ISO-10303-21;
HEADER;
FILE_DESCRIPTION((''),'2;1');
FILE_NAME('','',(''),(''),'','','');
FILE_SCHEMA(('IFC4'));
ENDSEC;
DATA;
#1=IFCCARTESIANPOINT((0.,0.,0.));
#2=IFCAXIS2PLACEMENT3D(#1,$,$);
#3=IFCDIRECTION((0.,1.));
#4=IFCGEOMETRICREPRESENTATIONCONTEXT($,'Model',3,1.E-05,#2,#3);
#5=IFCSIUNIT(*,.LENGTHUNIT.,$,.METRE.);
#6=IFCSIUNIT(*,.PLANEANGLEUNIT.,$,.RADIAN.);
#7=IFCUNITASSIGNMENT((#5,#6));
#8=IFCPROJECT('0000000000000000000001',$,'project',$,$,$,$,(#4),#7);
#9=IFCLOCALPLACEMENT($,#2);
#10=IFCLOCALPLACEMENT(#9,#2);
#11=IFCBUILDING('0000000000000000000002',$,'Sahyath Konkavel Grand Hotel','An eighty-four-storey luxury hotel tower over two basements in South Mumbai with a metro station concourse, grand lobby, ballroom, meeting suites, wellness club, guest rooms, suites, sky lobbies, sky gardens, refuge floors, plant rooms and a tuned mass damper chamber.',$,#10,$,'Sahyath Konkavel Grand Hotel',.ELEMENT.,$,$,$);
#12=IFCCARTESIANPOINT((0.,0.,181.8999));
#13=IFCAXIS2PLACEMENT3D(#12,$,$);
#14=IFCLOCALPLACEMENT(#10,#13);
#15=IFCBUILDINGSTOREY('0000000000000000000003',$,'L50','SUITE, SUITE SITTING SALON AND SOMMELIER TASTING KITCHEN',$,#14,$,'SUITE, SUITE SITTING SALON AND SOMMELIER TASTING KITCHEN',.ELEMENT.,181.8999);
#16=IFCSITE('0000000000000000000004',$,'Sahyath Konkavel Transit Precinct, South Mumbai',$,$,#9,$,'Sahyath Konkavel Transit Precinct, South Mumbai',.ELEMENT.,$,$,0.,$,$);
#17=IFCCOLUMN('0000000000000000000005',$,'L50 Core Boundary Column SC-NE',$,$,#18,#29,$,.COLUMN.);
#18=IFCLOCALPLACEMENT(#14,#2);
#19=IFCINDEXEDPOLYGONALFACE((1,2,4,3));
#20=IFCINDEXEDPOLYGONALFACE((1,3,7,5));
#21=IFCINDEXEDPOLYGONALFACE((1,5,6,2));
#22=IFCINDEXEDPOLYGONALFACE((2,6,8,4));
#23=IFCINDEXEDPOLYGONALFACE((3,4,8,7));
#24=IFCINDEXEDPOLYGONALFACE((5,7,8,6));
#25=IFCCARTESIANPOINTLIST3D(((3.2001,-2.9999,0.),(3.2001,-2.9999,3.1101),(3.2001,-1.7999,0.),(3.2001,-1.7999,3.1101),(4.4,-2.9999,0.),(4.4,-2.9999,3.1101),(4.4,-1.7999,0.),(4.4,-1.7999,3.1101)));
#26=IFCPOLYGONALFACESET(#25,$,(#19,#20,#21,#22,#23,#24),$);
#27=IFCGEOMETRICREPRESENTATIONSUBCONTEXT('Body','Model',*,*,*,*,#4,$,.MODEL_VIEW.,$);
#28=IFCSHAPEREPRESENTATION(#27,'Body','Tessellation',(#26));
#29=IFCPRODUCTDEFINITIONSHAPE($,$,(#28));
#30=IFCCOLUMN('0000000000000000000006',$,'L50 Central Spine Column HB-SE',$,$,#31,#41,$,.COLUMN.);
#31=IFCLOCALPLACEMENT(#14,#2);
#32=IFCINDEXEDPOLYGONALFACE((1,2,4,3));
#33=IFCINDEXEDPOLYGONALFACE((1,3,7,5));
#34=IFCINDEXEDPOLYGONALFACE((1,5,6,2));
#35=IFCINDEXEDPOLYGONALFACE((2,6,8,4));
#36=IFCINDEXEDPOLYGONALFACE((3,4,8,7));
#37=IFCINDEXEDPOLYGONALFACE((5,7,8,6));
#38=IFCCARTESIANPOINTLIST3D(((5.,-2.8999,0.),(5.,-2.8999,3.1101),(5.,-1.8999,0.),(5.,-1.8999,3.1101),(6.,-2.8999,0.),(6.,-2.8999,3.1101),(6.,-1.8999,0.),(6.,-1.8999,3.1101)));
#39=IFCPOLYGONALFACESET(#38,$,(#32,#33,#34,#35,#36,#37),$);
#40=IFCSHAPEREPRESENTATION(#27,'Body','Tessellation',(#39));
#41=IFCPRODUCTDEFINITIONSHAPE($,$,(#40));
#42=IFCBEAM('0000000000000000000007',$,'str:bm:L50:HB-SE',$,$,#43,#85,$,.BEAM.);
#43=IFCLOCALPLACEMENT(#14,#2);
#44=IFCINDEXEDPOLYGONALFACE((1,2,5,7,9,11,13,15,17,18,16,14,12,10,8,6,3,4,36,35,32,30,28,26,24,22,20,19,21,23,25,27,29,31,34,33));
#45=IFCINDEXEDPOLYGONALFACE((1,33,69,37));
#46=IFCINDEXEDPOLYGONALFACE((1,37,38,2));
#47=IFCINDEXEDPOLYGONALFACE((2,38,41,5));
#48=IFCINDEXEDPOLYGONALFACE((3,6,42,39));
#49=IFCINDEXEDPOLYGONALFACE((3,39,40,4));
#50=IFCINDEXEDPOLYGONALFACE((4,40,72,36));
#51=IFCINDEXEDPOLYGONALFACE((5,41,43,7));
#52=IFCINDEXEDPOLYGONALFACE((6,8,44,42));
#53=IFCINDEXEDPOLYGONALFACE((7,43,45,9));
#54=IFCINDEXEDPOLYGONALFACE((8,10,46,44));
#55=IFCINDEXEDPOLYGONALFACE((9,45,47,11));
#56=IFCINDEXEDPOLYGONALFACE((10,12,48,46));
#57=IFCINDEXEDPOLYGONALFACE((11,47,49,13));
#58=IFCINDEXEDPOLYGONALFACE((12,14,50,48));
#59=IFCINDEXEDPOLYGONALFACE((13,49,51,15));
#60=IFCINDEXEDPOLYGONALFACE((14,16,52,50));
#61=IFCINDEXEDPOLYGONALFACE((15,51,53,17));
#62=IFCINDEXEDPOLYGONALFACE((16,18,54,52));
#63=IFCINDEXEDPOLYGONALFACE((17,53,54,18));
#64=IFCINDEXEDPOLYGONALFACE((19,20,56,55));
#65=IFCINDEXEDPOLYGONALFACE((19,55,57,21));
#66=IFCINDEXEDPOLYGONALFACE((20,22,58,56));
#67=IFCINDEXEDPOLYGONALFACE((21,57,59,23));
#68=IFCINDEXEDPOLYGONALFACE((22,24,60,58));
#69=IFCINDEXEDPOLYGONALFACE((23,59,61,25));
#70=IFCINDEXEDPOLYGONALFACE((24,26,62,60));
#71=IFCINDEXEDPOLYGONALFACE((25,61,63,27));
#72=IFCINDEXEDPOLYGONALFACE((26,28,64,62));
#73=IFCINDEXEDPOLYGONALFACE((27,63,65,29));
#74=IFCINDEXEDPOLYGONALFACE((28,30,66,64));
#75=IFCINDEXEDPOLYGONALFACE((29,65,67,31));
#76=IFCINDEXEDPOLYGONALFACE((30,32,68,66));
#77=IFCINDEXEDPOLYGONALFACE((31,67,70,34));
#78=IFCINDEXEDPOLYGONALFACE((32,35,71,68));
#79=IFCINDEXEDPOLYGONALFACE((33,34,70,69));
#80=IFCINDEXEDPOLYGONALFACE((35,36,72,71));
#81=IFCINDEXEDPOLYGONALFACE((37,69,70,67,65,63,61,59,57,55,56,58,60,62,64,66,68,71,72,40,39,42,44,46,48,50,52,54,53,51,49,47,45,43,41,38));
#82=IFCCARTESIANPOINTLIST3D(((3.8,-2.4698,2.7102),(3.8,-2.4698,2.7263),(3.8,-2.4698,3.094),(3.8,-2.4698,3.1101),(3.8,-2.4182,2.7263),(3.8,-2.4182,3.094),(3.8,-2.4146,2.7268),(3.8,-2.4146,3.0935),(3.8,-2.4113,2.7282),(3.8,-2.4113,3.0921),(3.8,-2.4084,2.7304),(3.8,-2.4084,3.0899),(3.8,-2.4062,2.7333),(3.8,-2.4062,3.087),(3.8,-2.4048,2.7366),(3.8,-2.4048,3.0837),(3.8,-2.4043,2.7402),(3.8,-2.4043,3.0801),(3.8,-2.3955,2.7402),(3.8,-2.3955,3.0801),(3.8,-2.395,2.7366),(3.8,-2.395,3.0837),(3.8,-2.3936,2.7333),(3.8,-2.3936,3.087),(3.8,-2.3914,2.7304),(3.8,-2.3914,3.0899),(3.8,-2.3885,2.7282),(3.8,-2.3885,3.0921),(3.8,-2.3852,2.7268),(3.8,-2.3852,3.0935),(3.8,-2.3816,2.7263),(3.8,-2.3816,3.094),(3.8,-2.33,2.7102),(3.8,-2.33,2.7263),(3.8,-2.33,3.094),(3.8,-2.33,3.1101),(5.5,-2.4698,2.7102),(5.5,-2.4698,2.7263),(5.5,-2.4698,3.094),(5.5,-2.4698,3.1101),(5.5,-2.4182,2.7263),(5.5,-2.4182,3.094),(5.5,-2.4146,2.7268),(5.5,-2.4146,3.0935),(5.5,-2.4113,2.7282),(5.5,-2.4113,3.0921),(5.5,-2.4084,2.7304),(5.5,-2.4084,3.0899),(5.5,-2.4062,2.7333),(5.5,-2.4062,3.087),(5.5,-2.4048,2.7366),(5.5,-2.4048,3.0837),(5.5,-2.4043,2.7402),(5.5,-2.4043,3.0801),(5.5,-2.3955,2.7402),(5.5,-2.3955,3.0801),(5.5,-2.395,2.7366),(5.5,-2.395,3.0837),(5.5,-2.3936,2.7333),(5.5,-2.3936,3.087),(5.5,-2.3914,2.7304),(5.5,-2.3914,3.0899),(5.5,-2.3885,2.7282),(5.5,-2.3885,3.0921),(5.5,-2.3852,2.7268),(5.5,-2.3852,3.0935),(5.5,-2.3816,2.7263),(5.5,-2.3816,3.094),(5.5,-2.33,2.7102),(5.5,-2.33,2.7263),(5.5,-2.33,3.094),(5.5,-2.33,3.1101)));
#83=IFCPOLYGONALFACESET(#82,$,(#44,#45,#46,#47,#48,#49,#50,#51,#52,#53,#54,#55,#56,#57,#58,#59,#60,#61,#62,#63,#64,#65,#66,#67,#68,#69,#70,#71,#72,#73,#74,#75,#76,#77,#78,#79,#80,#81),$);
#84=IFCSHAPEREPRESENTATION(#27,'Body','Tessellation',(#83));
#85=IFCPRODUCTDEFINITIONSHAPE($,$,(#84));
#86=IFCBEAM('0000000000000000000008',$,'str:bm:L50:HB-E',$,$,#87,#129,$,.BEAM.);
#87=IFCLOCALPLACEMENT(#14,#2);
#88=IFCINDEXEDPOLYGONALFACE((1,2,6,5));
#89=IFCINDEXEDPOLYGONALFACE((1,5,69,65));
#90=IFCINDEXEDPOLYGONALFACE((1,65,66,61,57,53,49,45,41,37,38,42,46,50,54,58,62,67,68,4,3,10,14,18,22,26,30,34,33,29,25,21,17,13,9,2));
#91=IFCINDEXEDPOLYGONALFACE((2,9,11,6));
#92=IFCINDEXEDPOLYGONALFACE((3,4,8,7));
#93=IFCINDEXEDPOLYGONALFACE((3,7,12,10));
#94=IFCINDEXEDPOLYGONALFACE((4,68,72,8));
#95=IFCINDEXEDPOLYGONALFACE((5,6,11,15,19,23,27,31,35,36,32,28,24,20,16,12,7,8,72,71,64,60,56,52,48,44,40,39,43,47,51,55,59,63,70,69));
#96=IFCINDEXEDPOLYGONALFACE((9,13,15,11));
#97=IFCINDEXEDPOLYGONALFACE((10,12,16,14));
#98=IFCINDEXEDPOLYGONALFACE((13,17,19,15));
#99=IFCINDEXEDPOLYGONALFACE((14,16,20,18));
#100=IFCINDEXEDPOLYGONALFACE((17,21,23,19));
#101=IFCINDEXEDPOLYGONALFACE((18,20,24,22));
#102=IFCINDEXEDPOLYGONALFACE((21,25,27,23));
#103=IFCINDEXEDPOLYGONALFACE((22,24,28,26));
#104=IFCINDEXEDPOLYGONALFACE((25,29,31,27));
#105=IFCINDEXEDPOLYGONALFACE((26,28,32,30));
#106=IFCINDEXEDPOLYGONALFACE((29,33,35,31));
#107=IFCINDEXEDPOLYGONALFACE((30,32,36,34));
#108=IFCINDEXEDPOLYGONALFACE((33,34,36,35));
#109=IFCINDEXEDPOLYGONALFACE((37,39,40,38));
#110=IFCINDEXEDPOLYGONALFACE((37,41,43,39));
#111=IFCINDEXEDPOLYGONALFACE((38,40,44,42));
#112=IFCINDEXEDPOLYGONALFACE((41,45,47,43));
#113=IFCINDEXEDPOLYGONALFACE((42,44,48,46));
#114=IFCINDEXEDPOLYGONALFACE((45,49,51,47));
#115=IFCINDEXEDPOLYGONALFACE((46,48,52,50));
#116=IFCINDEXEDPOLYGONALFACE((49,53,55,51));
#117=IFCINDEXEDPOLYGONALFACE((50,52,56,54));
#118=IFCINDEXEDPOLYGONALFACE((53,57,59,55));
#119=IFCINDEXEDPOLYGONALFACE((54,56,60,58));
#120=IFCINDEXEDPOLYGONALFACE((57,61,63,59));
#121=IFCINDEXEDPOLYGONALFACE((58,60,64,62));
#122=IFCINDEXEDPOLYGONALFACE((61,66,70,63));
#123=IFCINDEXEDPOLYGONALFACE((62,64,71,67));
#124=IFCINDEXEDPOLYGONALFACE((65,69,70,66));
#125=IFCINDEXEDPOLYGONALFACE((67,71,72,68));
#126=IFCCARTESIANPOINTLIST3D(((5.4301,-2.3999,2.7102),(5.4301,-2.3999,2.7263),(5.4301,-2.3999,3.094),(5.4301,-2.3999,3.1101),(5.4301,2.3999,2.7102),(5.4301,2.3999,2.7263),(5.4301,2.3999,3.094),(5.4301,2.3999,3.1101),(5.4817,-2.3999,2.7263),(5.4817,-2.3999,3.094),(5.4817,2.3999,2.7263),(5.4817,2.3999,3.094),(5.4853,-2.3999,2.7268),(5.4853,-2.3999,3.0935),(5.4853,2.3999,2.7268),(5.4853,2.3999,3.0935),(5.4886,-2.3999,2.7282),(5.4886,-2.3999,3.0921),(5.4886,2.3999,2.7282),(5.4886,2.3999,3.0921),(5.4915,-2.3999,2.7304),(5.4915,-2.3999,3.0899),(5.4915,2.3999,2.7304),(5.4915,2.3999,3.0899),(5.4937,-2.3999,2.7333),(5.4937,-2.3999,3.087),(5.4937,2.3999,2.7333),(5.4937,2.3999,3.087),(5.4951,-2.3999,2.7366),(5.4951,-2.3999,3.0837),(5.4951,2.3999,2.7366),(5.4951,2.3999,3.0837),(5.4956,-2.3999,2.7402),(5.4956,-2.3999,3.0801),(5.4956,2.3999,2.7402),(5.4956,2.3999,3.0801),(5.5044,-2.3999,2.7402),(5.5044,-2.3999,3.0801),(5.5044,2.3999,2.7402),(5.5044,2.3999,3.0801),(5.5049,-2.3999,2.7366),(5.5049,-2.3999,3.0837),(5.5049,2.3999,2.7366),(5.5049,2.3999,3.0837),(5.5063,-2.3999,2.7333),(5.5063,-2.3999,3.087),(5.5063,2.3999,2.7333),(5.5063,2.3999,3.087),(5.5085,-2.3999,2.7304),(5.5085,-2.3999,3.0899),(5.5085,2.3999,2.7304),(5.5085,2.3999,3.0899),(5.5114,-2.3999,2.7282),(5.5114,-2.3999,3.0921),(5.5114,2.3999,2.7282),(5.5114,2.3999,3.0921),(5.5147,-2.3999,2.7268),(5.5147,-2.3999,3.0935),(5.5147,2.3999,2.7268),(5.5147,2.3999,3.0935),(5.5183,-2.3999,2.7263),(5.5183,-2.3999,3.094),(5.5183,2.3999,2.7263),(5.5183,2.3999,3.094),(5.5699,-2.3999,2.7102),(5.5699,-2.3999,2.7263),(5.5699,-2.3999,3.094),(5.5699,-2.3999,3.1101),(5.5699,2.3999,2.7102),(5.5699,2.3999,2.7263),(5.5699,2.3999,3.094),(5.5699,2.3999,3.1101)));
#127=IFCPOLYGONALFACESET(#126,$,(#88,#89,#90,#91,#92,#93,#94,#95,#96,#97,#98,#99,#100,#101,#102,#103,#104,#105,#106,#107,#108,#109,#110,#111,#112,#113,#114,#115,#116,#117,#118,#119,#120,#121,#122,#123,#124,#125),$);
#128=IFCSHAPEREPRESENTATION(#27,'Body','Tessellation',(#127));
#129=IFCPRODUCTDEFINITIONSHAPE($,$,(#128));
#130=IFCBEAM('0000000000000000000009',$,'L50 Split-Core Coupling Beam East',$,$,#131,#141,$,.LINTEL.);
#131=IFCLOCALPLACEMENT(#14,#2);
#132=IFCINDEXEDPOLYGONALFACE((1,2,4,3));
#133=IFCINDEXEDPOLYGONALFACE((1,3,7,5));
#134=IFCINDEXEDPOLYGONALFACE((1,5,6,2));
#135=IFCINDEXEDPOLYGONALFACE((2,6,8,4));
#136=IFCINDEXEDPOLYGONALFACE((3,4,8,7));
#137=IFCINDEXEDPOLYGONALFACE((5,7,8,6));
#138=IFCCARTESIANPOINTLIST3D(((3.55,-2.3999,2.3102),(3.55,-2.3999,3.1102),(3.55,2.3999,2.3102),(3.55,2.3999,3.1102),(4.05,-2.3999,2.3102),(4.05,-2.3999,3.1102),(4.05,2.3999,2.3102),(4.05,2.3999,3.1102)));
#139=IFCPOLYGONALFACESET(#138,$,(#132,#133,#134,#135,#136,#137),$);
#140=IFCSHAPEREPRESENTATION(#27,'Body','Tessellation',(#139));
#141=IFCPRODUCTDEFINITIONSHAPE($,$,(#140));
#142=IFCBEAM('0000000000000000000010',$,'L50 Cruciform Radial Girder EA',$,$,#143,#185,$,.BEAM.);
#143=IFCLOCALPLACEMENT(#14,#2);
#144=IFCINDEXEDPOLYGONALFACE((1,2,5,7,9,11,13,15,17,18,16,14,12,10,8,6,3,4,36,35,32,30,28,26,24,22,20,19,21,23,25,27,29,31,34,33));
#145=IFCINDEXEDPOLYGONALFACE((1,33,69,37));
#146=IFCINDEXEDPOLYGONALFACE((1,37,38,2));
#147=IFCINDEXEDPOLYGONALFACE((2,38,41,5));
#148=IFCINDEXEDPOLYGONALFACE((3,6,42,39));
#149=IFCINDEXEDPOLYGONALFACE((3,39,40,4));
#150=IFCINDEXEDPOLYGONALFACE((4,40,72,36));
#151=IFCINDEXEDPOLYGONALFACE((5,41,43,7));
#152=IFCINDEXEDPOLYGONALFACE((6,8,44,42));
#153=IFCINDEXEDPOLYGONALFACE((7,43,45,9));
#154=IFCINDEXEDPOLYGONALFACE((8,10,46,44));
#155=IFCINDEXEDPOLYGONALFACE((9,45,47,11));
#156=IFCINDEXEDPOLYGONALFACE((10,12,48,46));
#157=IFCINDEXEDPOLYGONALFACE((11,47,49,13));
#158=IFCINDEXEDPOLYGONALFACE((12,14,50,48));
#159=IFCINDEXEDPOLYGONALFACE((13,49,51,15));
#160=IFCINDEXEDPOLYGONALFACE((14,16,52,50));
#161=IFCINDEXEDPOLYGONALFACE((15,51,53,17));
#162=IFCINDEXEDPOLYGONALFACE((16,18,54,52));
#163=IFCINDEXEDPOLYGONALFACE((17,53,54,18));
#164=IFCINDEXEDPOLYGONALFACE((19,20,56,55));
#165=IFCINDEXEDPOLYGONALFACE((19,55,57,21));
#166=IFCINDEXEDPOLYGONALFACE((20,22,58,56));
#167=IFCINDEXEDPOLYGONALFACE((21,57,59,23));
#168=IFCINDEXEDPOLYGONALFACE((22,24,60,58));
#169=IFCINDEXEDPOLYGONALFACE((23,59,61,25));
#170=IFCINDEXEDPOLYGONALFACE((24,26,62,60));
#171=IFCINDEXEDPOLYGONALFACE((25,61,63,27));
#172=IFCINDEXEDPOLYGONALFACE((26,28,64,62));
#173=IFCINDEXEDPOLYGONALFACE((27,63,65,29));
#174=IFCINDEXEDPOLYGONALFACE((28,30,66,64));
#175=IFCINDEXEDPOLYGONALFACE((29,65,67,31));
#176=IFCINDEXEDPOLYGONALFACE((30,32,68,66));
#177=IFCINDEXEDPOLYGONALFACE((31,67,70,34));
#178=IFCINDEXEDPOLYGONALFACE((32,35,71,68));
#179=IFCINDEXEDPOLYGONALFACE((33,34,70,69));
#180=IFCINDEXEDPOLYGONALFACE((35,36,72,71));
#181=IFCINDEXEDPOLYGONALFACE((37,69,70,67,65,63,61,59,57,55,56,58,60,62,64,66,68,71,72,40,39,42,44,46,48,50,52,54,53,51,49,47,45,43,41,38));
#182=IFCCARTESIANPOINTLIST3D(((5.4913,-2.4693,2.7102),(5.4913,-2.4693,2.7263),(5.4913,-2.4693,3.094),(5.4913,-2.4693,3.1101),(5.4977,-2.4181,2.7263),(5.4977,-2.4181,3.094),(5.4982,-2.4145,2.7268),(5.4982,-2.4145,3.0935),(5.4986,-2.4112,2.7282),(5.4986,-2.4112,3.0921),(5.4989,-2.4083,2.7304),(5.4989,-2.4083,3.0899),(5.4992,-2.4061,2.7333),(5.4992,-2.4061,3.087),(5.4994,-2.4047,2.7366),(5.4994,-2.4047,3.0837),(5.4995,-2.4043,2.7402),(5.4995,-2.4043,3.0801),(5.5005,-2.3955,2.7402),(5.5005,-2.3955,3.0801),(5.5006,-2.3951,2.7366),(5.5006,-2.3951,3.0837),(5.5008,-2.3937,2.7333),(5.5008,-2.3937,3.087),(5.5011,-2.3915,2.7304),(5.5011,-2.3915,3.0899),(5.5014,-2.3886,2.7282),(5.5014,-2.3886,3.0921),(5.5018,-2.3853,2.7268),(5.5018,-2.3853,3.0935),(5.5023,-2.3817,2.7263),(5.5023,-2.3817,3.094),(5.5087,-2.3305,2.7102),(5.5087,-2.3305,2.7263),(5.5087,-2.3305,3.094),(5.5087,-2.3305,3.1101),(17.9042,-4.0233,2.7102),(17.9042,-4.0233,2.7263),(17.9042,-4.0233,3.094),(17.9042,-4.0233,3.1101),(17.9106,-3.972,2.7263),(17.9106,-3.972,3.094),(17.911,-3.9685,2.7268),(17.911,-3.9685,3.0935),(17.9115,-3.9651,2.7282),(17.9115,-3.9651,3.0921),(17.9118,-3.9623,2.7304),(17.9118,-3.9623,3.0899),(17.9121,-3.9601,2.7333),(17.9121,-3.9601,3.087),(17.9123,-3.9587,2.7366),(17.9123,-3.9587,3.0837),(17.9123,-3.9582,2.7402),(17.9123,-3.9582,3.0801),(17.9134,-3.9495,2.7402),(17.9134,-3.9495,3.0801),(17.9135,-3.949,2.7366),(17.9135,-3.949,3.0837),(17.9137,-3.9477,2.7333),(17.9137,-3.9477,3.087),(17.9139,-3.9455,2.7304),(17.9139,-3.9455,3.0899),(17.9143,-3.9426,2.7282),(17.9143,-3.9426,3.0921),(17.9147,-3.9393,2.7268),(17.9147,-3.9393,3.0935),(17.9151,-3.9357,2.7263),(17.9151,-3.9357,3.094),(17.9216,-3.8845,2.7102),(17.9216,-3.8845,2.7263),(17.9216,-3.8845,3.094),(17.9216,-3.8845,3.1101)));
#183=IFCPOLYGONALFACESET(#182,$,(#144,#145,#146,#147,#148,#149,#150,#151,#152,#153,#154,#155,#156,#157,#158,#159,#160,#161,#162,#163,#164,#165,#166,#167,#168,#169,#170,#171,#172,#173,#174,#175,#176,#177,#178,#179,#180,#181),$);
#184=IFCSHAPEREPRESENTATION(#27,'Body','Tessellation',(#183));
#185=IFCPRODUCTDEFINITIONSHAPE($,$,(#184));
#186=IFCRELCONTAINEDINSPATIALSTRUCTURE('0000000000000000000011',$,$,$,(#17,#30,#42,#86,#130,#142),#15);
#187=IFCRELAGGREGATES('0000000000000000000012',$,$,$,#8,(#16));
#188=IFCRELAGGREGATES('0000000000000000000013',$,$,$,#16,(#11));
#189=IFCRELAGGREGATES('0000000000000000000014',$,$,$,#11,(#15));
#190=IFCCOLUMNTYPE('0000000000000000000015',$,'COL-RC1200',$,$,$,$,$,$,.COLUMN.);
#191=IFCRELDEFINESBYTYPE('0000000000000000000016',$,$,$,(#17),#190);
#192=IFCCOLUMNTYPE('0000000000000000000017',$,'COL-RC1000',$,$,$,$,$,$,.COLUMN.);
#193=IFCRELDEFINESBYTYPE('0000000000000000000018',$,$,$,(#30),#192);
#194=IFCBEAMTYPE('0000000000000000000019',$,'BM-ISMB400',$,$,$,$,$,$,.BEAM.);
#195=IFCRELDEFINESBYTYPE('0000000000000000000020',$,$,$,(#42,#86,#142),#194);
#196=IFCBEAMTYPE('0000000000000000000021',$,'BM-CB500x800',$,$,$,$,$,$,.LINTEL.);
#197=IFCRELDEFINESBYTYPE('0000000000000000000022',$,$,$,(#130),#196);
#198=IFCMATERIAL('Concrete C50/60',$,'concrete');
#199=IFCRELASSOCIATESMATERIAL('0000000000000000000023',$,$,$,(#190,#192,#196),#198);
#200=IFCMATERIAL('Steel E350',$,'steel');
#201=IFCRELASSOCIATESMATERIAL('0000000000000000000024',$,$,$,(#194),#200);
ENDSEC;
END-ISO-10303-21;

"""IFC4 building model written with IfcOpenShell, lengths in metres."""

from ifc_helpers import new_model, si_unit, direction, frame, origin, origin_2d, place, context, subcontext, project, spatial, rectangle, i_section, extrude, source, transform, mapped, material, material_profile, profile_set, type_object, element, save


model = new_model("IFC4")

# Units and contexts
model_context = context("Model", 3, precision=1e-05, world=origin(), true_north=direction((0.0, 1.0)))
body_context = subcontext(model_context, "Body", "Model", "MODEL_VIEW")
ifc_project = project(units=[si_unit("LENGTHUNIT", "METRE"), si_unit("PLANEANGLEUNIT", "RADIAN")], contexts=[model_context])

# Site, building, storey
site_placement = place(None, origin())
site = spatial("IfcSite", under=ifc_project, at=site_placement, Name="Sahyath Konkavel Transit Precinct, South Mumbai", LongName="Sahyath Konkavel Transit Precinct, South Mumbai", CompositionType="ELEMENT", RefElevation=0.0)
building_placement = place(site_placement, origin())
building = spatial("IfcBuilding", under=site, at=building_placement, Name="Sahyath Konkavel Grand Hotel", Description="An eighty-four-storey luxury hotel tower over two basements in South Mumbai with a metro station concourse, grand lobby, ballroom, meeting suites, wellness club, guest rooms, suites, sky lobbies, sky gardens, refuge floors, plant rooms and a tuned mass damper chamber.", LongName="Sahyath Konkavel Grand Hotel", CompositionType="ELEMENT")
storey_placement = place(building_placement, frame((0.0, 0.0, 181.8999)))
storey = spatial("IfcBuildingStorey", under=building, at=storey_placement, Name="L50", Description="SUITE, SUITE SITTING SALON AND SOMMELIER TASTING KITCHEN", LongName="SUITE, SUITE SITTING SALON AND SOMMELIER TASTING KITCHEN", CompositionType="ELEMENT", Elevation=181.8999)

# Columns
ifc_material_1 = material(Name="Concrete C50/60", Category="concrete")
ifc_material_profile_1 = material_profile(ifc_material_1, rectangle(XDim=1.2, YDim=1.2, at=origin_2d()), Name="RC 1200x1200")
ifc_profile_set_1 = profile_set([ifc_material_profile_1], Name="Concrete C50/60")
column_type_1 = type_object("IfcColumnType", Name="COL-RC1200", PredefinedType="COLUMN", material=ifc_profile_set_1)
shared_shape_1 = source(origin(), body_context, "Body", "SweptSolid", [
    extrude(rectangle(XDim=1.2, YDim=1.2, at=origin_2d()), origin(), (0.0, 0.0, 1.0), 3.1101),
])
column_1_placement = place(storey_placement, frame((3.8, -2.3999, 0.0), z_axis=(0.0, 0.0, 1.0), x_axis=(1.0, 0.0, 0.0)))
element("IfcColumn", 1, at=column_1_placement, inside=storey, type_object=column_type_1, Name="L50 Core Boundary Column SC-NE", PredefinedType="COLUMN", context=body_context, shape_type="MappedRepresentation", body=[
    mapped(shared_shape_1, transform((0.0, 0.0, 0.0), scale=1.0)),
])
ifc_material_profile_2 = material_profile(ifc_material_1, rectangle(XDim=1.0, YDim=1.0, at=origin_2d()), Name="RC 1000x1000")
ifc_profile_set_2 = profile_set([ifc_material_profile_2], Name="Concrete C50/60")
column_type_2 = type_object("IfcColumnType", Name="COL-RC1000", PredefinedType="COLUMN", material=ifc_profile_set_2)
shared_shape_2 = source(origin(), body_context, "Body", "SweptSolid", [
    extrude(rectangle(XDim=1.0, YDim=1.0, at=origin_2d()), origin(), (0.0, 0.0, 1.0), 3.1101),
])
column_2_placement = place(storey_placement, frame((5.5, -2.3999, 0.0), z_axis=(0.0, 0.0, 1.0), x_axis=(1.0, 0.0, 0.0)))
element("IfcColumn", 2, at=column_2_placement, inside=storey, type_object=column_type_2, Name="L50 Central Spine Column HB-SE", PredefinedType="COLUMN", context=body_context, shape_type="MappedRepresentation", body=[
    mapped(shared_shape_2, transform((0.0, 0.0, 0.0), scale=1.0)),
])

# Beams
ifc_material_2 = material(Name="Steel E350", Category="steel")
ifc_material_profile_3 = material_profile(ifc_material_2, i_section(OverallWidth=0.1399, OverallDepth=0.3999, WebThickness=0.0088, FlangeThickness=0.0161, FilletRadius=0.0139, at=origin_2d()), Name="ISMB 400")
ifc_profile_set_3 = profile_set([ifc_material_profile_3], Name="Steel E350")
beam_type_1 = type_object("IfcBeamType", Name="BM-ISMB400", PredefinedType="BEAM", material=ifc_profile_set_3)
shared_shape_3 = source(origin(), body_context, "Body", "SweptSolid", [
    extrude(i_section(OverallWidth=0.1399, OverallDepth=0.3999, WebThickness=0.0088, FlangeThickness=0.0161, FilletRadius=0.0139, at=origin_2d()), origin(), (0.0, 0.0, 1.0), 1.7),
])
beam_1_placement = place(storey_placement, frame((3.8, -2.3999, 2.9102), z_axis=(1.0, 0.0, 0.0), x_axis=(0.0, 1.0, 0.0)))
element("IfcBeam", 3, at=beam_1_placement, inside=storey, type_object=beam_type_1, Name="str:bm:L50:HB-SE", PredefinedType="BEAM", context=body_context, shape_type="MappedRepresentation", body=[
    mapped(shared_shape_3, transform((0.0, 0.0, 0.0), scale=1.0)),
])
shared_shape_4 = source(origin(), body_context, "Body", "SweptSolid", [
    extrude(i_section(OverallWidth=0.1399, OverallDepth=0.3999, WebThickness=0.0088, FlangeThickness=0.0161, FilletRadius=0.0139, at=origin_2d()), origin(), (0.0, 0.0, 1.0), 4.7998),
])
beam_2_placement = place(storey_placement, frame((5.5, -2.3999, 2.9102), z_axis=(0.0, 1.0, 0.0), x_axis=(-1.0, 0.0, 0.0)))
element("IfcBeam", 4, at=beam_2_placement, inside=storey, type_object=beam_type_1, Name="str:bm:L50:HB-E", PredefinedType="BEAM", context=body_context, shape_type="MappedRepresentation", body=[
    mapped(shared_shape_4, transform((0.0, 0.0, 0.0), scale=1.0)),
])
ifc_material_profile_4 = material_profile(ifc_material_1, rectangle(XDim=0.5, YDim=0.8, at=origin_2d()), Name="RC 500x800")
ifc_profile_set_4 = profile_set([ifc_material_profile_4], Name="Concrete C50/60")
beam_type_2 = type_object("IfcBeamType", Name="BM-CB500x800", PredefinedType="LINTEL", material=ifc_profile_set_4)
shared_shape_5 = source(origin(), body_context, "Body", "SweptSolid", [
    extrude(rectangle(XDim=0.5, YDim=0.8, at=origin_2d()), origin(), (0.0, 0.0, 1.0), 4.7998),
])
beam_3_placement = place(storey_placement, frame((3.8, -2.3999, 2.7102), z_axis=(0.0, 1.0, 0.0), x_axis=(-1.0, 0.0, 0.0)))
element("IfcBeam", 5, at=beam_3_placement, inside=storey, type_object=beam_type_2, Name="L50 Split-Core Coupling Beam East", PredefinedType="LINTEL", context=body_context, shape_type="MappedRepresentation", body=[
    mapped(shared_shape_5, transform((0.0, 0.0, 0.0), scale=1.0)),
])
shared_shape_6 = source(origin(), body_context, "Body", "SweptSolid", [
    extrude(i_section(OverallWidth=0.1399, OverallDepth=0.3999, WebThickness=0.0088, FlangeThickness=0.0161, FilletRadius=0.0139, at=origin_2d()), origin(), (0.0, 0.0, 1.0), 12.5098),
])
beam_4_placement = place(storey_placement, frame((5.5, -2.3999, 2.9102), z_axis=(0.992255, -0.12422, 0.0), x_axis=(0.12422, 0.992255, 0.0)))
element("IfcBeam", 6, at=beam_4_placement, inside=storey, type_object=beam_type_1, Name="L50 Cruciform Radial Girder EA", PredefinedType="BEAM", context=body_context, shape_type="MappedRepresentation", body=[
    mapped(shared_shape_6, transform((0.0, 0.0, 0.0), scale=1.0)),
])

save(model, "model.ifc")
